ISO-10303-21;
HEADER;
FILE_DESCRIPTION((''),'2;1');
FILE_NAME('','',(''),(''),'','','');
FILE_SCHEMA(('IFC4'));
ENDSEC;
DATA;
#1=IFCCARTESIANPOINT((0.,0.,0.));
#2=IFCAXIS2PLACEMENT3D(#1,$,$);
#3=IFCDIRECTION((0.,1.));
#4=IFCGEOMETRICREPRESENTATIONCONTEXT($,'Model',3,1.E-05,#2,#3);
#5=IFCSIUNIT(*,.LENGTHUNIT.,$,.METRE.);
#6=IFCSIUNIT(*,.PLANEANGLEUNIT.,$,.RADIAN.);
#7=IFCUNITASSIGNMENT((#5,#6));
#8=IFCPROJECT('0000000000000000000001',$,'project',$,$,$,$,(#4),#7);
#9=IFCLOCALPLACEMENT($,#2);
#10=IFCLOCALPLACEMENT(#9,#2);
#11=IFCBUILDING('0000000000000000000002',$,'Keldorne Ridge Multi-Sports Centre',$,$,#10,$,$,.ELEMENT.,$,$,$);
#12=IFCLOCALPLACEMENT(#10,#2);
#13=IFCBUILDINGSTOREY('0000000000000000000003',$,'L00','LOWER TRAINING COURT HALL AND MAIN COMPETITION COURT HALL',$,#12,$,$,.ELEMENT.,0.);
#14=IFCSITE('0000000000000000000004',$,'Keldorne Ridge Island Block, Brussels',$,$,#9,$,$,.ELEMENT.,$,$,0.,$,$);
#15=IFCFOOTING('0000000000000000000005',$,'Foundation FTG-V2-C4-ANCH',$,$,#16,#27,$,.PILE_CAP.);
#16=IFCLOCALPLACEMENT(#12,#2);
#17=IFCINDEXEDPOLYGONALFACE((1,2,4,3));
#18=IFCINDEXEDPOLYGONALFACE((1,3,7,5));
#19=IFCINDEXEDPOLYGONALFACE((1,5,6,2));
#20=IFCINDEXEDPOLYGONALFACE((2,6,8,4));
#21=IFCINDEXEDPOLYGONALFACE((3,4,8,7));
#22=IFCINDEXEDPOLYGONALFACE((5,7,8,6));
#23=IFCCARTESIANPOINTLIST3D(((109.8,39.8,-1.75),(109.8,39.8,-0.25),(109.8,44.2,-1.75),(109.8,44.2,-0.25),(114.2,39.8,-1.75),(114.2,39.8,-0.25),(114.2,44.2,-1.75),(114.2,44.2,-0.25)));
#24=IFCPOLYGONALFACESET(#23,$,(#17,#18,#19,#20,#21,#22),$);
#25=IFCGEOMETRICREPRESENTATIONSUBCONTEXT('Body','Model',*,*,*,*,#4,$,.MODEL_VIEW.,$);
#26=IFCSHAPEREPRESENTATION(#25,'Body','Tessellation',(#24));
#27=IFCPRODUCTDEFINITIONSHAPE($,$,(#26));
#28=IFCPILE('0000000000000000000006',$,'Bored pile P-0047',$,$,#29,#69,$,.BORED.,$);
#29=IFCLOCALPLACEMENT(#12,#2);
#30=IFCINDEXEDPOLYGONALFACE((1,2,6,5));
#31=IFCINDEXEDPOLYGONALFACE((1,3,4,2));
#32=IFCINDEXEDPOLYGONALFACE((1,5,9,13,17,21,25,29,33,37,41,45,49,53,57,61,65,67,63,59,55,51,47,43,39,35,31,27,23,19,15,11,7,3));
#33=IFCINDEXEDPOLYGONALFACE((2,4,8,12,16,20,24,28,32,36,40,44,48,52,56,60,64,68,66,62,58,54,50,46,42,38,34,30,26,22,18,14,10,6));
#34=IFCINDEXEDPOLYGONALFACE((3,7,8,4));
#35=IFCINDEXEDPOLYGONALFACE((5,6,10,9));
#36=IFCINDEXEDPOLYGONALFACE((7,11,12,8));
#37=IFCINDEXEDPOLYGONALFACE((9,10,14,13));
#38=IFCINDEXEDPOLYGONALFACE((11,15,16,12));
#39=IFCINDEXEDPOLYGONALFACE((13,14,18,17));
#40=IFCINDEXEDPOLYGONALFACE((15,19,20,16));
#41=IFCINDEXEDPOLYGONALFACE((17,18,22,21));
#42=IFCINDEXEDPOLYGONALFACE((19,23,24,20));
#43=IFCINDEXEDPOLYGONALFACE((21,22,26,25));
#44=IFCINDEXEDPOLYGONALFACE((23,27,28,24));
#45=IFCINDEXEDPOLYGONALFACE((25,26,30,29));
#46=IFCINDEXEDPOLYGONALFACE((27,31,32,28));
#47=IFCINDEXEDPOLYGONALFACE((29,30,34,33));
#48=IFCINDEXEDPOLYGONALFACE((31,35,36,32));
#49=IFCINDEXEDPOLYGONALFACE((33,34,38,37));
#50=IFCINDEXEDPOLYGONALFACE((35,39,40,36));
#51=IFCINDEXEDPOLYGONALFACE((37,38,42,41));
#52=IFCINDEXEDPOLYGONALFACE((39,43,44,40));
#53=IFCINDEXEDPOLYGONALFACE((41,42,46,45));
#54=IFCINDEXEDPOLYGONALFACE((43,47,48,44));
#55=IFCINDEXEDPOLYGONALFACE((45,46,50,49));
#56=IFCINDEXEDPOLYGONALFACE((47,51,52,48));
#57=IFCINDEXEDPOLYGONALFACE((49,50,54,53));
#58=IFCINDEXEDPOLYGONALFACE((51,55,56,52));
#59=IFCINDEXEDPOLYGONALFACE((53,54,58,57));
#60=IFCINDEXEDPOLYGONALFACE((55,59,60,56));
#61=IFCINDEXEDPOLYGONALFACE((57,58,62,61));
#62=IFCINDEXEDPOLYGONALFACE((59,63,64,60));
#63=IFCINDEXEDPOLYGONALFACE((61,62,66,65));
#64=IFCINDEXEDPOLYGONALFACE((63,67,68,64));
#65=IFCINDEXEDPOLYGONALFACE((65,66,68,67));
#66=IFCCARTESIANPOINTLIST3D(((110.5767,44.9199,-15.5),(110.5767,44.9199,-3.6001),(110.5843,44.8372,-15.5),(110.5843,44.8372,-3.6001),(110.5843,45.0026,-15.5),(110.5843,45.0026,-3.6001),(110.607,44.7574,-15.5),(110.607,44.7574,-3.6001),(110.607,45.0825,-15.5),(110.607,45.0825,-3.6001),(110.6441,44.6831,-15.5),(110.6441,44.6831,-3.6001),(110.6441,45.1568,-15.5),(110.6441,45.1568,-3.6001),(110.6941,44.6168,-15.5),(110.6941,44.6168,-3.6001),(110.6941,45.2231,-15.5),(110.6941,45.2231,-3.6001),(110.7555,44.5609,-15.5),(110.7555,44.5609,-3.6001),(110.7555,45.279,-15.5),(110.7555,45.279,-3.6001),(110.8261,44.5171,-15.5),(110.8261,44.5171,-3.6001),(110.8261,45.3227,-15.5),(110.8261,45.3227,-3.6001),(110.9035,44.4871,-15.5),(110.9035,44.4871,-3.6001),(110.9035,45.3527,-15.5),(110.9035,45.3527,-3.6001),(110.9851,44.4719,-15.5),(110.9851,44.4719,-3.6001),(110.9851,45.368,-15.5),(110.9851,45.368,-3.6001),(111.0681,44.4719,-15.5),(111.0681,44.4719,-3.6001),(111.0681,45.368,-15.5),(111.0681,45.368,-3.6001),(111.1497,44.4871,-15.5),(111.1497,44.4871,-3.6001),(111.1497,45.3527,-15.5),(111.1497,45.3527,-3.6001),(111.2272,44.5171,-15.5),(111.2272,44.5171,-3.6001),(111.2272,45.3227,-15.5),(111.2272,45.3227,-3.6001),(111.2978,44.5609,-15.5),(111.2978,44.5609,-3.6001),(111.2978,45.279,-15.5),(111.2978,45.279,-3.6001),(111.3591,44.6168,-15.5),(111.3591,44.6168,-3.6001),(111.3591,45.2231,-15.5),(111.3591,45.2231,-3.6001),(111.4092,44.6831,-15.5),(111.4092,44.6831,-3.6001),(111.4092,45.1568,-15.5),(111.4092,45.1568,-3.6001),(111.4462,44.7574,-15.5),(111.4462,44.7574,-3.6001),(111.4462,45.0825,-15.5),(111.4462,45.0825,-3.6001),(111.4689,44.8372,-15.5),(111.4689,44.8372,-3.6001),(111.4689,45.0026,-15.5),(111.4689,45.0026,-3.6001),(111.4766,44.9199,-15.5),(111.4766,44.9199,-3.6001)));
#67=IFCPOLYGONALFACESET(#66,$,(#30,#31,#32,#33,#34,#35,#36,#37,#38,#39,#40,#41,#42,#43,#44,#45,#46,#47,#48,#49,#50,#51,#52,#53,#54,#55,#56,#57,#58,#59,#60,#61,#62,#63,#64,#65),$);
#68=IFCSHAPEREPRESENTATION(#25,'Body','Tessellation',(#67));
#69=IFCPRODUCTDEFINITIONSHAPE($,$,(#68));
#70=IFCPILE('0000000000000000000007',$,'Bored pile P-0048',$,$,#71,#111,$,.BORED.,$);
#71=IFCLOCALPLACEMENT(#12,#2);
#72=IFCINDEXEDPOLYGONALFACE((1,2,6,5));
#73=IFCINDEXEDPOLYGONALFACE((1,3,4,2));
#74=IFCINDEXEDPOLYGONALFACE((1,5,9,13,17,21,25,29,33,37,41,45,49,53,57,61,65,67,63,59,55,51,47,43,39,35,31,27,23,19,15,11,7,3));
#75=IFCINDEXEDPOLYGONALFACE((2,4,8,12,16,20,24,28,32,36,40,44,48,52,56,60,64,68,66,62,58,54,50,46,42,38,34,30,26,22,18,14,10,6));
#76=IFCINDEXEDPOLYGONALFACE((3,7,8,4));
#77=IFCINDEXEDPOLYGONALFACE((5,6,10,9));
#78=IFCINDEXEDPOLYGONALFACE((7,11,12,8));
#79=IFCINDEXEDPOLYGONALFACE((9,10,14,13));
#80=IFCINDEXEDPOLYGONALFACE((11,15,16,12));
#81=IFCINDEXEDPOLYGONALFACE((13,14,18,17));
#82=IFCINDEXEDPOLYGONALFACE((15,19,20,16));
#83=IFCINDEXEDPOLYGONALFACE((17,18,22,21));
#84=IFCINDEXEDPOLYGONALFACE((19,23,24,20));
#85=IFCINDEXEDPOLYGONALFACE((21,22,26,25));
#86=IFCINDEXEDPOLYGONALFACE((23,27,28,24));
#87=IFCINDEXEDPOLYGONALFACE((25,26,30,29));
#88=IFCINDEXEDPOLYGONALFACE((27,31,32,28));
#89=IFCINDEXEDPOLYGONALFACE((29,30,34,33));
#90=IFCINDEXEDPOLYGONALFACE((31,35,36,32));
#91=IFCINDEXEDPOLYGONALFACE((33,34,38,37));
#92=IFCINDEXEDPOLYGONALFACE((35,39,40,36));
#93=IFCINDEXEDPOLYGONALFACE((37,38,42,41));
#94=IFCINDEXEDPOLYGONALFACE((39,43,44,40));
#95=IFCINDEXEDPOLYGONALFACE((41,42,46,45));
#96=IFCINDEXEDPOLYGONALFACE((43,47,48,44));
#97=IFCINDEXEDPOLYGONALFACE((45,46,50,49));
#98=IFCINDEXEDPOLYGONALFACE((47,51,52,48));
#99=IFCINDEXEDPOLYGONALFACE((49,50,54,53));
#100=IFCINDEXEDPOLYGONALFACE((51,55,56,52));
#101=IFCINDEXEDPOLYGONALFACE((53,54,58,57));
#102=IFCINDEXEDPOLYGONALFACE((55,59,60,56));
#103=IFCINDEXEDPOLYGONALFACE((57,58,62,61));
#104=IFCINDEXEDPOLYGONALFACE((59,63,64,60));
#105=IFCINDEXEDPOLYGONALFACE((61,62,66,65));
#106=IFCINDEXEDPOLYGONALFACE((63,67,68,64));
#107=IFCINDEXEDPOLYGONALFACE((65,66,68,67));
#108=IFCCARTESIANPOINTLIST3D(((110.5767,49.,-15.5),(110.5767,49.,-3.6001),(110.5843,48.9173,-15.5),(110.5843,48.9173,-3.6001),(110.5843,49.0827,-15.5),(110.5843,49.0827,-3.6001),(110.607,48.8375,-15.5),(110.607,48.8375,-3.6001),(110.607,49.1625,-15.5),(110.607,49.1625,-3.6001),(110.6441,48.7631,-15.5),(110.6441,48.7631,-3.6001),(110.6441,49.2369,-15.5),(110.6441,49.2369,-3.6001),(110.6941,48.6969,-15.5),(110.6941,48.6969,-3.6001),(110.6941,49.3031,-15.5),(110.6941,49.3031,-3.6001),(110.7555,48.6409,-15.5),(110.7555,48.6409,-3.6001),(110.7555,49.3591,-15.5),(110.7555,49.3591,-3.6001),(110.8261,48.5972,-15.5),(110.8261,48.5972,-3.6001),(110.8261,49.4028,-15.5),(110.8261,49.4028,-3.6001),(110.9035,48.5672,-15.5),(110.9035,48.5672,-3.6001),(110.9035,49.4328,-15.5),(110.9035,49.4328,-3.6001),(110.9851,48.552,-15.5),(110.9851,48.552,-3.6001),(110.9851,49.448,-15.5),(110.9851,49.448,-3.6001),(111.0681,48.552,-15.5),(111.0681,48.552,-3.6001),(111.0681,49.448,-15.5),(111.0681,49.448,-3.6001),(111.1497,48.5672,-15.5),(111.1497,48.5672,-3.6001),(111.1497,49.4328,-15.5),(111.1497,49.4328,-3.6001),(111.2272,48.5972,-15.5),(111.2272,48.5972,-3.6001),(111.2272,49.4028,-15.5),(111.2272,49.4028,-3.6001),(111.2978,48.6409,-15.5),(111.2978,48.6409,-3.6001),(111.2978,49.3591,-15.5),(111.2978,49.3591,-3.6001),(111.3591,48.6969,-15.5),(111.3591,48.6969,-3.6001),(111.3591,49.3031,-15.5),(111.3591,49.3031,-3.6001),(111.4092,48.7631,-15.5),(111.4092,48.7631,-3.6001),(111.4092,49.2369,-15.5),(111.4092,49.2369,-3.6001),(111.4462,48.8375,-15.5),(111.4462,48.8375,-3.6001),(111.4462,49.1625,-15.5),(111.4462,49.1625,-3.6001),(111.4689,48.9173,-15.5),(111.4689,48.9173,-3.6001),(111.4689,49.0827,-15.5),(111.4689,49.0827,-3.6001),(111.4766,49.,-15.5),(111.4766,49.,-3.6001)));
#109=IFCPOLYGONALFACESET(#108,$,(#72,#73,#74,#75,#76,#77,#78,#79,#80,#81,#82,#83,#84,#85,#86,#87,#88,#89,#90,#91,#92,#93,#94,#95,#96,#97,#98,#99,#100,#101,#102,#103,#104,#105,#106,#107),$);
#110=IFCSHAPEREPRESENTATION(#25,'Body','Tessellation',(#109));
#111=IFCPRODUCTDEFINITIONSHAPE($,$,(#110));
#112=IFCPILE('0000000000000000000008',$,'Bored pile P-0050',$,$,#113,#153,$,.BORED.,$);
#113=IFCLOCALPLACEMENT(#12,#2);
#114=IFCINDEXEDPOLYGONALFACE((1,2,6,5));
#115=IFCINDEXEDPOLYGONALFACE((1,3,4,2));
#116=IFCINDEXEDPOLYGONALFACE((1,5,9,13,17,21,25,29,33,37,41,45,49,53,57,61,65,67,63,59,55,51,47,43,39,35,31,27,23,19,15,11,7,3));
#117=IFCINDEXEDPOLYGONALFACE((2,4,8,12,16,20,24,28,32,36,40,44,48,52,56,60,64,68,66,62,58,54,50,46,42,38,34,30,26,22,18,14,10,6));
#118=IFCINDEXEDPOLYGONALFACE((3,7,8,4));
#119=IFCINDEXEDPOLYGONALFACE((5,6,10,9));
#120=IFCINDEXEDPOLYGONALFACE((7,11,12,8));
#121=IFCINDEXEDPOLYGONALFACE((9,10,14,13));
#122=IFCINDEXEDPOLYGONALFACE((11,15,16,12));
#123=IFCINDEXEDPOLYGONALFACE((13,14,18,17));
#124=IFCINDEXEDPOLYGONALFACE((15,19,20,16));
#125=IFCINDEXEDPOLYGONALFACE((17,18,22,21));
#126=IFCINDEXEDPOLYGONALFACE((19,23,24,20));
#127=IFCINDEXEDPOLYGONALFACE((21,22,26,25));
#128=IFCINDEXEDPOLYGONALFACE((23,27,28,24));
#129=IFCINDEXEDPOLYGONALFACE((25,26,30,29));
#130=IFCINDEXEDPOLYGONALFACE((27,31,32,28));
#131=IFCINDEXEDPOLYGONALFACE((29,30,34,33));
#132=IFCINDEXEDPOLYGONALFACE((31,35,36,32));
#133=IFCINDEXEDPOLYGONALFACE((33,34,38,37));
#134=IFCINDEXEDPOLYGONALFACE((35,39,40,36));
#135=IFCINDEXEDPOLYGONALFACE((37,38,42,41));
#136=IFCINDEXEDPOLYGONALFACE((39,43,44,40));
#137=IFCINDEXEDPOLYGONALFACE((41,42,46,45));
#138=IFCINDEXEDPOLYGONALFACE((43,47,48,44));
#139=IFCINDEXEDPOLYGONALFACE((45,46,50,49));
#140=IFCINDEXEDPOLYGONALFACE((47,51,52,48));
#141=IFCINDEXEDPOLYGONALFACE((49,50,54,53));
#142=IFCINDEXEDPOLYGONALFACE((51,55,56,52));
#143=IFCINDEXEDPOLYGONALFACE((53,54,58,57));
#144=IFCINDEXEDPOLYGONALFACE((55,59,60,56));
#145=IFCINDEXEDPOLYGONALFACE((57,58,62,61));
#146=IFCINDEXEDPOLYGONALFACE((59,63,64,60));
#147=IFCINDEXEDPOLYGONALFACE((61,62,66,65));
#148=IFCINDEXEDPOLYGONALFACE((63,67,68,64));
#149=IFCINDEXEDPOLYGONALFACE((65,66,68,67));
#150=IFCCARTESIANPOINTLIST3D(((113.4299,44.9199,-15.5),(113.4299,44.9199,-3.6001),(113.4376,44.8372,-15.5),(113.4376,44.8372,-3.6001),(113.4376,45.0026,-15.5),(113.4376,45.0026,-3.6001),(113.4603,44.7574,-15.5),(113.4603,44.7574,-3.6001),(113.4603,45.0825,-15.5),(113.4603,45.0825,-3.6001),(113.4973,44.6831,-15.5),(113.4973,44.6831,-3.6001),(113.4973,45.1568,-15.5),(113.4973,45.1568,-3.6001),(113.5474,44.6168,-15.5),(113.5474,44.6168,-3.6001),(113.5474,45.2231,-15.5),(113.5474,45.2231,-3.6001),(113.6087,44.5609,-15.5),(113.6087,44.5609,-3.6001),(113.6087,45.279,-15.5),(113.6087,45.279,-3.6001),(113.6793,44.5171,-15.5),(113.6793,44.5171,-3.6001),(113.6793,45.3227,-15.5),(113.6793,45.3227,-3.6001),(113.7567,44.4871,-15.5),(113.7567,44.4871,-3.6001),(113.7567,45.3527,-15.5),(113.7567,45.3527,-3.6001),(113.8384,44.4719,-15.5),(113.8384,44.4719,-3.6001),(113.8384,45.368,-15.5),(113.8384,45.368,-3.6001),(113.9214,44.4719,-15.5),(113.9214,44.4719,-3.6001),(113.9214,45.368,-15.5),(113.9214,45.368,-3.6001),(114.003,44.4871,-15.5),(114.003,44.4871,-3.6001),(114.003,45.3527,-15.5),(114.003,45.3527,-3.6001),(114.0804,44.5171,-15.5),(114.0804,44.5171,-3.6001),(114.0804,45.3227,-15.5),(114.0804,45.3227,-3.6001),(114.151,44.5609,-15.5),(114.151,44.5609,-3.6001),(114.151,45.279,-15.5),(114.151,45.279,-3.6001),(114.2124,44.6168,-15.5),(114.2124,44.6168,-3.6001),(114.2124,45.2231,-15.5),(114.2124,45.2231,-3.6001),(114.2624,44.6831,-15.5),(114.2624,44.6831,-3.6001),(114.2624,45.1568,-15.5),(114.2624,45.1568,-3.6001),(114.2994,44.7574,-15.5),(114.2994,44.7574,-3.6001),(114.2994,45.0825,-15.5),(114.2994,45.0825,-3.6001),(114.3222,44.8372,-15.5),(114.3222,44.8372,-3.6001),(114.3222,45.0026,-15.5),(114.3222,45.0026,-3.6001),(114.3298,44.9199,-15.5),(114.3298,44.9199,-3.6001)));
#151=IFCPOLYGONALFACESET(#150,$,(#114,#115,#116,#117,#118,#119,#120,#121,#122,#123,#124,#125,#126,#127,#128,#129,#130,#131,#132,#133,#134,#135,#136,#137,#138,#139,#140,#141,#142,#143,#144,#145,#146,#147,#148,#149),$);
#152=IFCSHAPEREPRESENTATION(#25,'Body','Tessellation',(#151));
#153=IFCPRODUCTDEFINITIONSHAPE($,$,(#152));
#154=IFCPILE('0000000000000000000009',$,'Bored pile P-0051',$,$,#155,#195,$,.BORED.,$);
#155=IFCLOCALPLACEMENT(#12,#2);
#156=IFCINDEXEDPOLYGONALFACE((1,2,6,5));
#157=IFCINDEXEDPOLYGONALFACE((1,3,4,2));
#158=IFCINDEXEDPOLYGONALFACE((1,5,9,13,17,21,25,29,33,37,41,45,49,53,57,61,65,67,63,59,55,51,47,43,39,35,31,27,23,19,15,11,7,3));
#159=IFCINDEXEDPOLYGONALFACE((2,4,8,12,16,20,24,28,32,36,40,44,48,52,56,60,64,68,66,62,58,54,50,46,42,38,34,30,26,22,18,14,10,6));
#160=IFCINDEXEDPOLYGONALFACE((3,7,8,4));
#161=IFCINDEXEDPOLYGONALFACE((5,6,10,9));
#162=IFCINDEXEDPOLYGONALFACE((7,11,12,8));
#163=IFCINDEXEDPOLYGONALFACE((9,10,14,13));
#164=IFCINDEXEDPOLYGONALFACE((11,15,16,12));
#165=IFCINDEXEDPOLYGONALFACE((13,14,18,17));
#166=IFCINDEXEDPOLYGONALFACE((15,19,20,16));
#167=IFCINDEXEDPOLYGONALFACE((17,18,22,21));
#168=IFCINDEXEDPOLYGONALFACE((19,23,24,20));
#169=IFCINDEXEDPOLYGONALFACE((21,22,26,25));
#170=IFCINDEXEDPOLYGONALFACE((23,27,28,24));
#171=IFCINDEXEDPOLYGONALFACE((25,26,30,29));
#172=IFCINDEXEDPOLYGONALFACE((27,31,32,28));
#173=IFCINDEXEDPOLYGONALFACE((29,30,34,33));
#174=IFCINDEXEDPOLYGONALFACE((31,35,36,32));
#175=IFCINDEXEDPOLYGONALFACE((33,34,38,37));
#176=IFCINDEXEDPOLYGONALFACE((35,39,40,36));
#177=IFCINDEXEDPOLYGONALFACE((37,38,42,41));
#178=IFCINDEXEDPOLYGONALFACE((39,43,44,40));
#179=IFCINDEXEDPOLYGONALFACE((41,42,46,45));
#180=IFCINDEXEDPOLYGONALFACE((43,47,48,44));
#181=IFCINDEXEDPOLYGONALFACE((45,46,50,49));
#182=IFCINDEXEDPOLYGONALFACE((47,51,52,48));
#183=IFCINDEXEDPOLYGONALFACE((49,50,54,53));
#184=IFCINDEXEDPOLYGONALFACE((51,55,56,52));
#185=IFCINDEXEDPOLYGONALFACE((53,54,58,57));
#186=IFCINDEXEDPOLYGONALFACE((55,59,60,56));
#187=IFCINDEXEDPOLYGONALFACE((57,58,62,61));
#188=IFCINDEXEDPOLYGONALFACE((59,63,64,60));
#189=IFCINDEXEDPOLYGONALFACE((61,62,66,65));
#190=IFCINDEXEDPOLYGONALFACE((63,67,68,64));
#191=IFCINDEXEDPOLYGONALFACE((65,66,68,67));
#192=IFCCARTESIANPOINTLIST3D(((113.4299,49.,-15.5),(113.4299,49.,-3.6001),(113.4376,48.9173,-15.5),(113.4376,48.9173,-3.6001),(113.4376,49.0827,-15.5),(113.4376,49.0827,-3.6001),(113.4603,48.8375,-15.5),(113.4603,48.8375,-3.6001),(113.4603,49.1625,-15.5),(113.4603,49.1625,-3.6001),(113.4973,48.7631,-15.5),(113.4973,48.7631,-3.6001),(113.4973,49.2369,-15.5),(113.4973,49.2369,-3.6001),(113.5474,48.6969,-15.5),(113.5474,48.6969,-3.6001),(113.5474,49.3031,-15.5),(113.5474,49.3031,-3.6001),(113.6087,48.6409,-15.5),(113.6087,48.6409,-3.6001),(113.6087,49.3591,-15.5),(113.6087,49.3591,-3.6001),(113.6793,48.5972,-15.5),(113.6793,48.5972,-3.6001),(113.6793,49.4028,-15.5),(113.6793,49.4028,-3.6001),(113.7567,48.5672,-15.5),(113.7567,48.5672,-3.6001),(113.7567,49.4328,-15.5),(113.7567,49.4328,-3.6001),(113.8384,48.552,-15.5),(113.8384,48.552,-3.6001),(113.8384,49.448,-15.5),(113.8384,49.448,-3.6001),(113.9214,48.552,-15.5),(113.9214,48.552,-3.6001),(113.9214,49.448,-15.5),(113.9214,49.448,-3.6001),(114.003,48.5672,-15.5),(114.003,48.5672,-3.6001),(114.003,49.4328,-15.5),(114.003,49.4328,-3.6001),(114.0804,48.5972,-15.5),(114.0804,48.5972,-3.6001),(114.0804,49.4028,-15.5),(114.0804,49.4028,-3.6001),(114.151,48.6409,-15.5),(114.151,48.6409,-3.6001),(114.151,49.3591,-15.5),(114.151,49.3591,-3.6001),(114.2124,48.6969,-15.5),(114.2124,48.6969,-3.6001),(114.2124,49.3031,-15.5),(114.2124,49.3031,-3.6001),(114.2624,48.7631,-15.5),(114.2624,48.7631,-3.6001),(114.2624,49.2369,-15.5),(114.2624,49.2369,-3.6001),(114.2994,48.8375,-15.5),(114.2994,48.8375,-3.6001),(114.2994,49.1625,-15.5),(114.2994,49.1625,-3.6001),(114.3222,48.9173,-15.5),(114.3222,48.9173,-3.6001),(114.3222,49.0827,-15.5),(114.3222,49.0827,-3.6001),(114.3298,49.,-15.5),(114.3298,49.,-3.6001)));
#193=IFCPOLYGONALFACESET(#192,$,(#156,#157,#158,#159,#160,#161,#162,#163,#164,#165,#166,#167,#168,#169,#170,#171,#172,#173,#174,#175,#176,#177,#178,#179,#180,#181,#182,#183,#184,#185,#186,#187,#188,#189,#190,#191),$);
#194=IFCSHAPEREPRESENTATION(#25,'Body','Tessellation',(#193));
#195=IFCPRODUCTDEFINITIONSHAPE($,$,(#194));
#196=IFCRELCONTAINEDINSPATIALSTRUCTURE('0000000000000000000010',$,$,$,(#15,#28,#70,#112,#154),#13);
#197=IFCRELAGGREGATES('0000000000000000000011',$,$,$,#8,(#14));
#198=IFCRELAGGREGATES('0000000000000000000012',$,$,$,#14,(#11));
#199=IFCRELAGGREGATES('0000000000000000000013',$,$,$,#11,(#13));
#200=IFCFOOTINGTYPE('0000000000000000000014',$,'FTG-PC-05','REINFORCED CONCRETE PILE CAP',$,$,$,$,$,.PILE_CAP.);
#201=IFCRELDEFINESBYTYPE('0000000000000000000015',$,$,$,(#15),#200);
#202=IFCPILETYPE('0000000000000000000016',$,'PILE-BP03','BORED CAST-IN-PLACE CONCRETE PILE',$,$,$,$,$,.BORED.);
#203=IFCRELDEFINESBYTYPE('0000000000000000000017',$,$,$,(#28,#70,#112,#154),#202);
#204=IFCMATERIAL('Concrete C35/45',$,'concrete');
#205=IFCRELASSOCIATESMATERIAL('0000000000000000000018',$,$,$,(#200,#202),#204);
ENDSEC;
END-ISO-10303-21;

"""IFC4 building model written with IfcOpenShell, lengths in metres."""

from ifc_helpers import new_model, si_unit, direction, frame, origin, origin_2d, place, context, subcontext, project, spatial, rectangle, circle, extrude, material, material_profile, profile_set, type_object, element, save


model = new_model("IFC4")

# Units and contexts
model_context = context("Model", 3, precision=1e-05, world=origin(), true_north=direction((0.0, 1.0)))
body_context = subcontext(model_context, "Body", "Model", "MODEL_VIEW")
ifc_project = project(units=[si_unit("LENGTHUNIT", "METRE"), si_unit("PLANEANGLEUNIT", "RADIAN")], contexts=[model_context])

# Site, building, storey
site_placement = place(None, origin())
site = spatial("IfcSite", under=ifc_project, at=site_placement, Name="Keldorne Ridge Island Block, Brussels", CompositionType="ELEMENT", RefElevation=0.0)
building_placement = place(site_placement, origin())
building = spatial("IfcBuilding", under=site, at=building_placement, Name="Keldorne Ridge Multi-Sports Centre", CompositionType="ELEMENT")
storey_placement = place(building_placement, origin())
storey = spatial("IfcBuildingStorey", under=building, at=storey_placement, Name="L00", Description="LOWER TRAINING COURT HALL AND MAIN COMPETITION COURT HALL", CompositionType="ELEMENT", Elevation=0.0)

# Footing
ifc_material_1 = material(Name="Concrete C35/45", Category="concrete")
footing_type = type_object("IfcFootingType", Name="FTG-PC-05", Description="REINFORCED CONCRETE PILE CAP", PredefinedType="PILE_CAP", material=ifc_material_1)
footing_placement = place(storey_placement, frame((112.0, 42.0, -1.75), z_axis=(0.0, 0.0, 1.0), x_axis=(1.0, 0.0, 0.0)))
element("IfcFooting", 1, at=footing_placement, inside=storey, type_object=footing_type, Name="Foundation FTG-V2-C4-ANCH", PredefinedType="PILE_CAP", context=body_context, shape_type="SweptSolid", body=[
    extrude(rectangle(XDim=4.3999, YDim=4.3999, at=origin_2d()), origin(), (0.0, 0.0, 1.0), 1.5),
])

# Piles
ifc_material_profile_1 = material_profile(ifc_material_1, circle(Radius=0.45, at=origin_2d()), Name="BORED PILE D900")
ifc_profile_set_1 = profile_set([ifc_material_profile_1], Name="Concrete C35/45")
pile_type = type_object("IfcPileType", Name="PILE-BP03", Description="BORED CAST-IN-PLACE CONCRETE PILE", PredefinedType="BORED", material=ifc_profile_set_1)
for number, where, z_axis, x_axis, name in (
    (2, (111.0266, 44.9199, -3.6001), (0.0, 0.0, -1.0), (1.0, 0.0, 0.0), "Bored pile P-0047"),
    (3, (111.0266, 49.0, -3.6001), (0.0, 0.0, -1.0), (1.0, 0.0, 0.0), "Bored pile P-0048"),
    (4, (113.8799, 44.9199, -3.6001), (0.0, 0.0, -1.0), (1.0, 0.0, 0.0), "Bored pile P-0050"),
    (5, (113.8799, 49.0, -3.6001), (0.0, 0.0, -1.0), (1.0, 0.0, 0.0), "Bored pile P-0051"),
):
    element("IfcPile", number, at=place(storey_placement, frame(where, z_axis=z_axis, x_axis=x_axis)), inside=storey, type_object=pile_type, Name=name, PredefinedType="BORED", context=body_context, shape_type="SweptSolid", body=[
        extrude(circle(Radius=0.45, at=origin_2d()), origin(), (0.0, 0.0, 1.0), 11.8999),
    ])

save(model, "model.ifc")
